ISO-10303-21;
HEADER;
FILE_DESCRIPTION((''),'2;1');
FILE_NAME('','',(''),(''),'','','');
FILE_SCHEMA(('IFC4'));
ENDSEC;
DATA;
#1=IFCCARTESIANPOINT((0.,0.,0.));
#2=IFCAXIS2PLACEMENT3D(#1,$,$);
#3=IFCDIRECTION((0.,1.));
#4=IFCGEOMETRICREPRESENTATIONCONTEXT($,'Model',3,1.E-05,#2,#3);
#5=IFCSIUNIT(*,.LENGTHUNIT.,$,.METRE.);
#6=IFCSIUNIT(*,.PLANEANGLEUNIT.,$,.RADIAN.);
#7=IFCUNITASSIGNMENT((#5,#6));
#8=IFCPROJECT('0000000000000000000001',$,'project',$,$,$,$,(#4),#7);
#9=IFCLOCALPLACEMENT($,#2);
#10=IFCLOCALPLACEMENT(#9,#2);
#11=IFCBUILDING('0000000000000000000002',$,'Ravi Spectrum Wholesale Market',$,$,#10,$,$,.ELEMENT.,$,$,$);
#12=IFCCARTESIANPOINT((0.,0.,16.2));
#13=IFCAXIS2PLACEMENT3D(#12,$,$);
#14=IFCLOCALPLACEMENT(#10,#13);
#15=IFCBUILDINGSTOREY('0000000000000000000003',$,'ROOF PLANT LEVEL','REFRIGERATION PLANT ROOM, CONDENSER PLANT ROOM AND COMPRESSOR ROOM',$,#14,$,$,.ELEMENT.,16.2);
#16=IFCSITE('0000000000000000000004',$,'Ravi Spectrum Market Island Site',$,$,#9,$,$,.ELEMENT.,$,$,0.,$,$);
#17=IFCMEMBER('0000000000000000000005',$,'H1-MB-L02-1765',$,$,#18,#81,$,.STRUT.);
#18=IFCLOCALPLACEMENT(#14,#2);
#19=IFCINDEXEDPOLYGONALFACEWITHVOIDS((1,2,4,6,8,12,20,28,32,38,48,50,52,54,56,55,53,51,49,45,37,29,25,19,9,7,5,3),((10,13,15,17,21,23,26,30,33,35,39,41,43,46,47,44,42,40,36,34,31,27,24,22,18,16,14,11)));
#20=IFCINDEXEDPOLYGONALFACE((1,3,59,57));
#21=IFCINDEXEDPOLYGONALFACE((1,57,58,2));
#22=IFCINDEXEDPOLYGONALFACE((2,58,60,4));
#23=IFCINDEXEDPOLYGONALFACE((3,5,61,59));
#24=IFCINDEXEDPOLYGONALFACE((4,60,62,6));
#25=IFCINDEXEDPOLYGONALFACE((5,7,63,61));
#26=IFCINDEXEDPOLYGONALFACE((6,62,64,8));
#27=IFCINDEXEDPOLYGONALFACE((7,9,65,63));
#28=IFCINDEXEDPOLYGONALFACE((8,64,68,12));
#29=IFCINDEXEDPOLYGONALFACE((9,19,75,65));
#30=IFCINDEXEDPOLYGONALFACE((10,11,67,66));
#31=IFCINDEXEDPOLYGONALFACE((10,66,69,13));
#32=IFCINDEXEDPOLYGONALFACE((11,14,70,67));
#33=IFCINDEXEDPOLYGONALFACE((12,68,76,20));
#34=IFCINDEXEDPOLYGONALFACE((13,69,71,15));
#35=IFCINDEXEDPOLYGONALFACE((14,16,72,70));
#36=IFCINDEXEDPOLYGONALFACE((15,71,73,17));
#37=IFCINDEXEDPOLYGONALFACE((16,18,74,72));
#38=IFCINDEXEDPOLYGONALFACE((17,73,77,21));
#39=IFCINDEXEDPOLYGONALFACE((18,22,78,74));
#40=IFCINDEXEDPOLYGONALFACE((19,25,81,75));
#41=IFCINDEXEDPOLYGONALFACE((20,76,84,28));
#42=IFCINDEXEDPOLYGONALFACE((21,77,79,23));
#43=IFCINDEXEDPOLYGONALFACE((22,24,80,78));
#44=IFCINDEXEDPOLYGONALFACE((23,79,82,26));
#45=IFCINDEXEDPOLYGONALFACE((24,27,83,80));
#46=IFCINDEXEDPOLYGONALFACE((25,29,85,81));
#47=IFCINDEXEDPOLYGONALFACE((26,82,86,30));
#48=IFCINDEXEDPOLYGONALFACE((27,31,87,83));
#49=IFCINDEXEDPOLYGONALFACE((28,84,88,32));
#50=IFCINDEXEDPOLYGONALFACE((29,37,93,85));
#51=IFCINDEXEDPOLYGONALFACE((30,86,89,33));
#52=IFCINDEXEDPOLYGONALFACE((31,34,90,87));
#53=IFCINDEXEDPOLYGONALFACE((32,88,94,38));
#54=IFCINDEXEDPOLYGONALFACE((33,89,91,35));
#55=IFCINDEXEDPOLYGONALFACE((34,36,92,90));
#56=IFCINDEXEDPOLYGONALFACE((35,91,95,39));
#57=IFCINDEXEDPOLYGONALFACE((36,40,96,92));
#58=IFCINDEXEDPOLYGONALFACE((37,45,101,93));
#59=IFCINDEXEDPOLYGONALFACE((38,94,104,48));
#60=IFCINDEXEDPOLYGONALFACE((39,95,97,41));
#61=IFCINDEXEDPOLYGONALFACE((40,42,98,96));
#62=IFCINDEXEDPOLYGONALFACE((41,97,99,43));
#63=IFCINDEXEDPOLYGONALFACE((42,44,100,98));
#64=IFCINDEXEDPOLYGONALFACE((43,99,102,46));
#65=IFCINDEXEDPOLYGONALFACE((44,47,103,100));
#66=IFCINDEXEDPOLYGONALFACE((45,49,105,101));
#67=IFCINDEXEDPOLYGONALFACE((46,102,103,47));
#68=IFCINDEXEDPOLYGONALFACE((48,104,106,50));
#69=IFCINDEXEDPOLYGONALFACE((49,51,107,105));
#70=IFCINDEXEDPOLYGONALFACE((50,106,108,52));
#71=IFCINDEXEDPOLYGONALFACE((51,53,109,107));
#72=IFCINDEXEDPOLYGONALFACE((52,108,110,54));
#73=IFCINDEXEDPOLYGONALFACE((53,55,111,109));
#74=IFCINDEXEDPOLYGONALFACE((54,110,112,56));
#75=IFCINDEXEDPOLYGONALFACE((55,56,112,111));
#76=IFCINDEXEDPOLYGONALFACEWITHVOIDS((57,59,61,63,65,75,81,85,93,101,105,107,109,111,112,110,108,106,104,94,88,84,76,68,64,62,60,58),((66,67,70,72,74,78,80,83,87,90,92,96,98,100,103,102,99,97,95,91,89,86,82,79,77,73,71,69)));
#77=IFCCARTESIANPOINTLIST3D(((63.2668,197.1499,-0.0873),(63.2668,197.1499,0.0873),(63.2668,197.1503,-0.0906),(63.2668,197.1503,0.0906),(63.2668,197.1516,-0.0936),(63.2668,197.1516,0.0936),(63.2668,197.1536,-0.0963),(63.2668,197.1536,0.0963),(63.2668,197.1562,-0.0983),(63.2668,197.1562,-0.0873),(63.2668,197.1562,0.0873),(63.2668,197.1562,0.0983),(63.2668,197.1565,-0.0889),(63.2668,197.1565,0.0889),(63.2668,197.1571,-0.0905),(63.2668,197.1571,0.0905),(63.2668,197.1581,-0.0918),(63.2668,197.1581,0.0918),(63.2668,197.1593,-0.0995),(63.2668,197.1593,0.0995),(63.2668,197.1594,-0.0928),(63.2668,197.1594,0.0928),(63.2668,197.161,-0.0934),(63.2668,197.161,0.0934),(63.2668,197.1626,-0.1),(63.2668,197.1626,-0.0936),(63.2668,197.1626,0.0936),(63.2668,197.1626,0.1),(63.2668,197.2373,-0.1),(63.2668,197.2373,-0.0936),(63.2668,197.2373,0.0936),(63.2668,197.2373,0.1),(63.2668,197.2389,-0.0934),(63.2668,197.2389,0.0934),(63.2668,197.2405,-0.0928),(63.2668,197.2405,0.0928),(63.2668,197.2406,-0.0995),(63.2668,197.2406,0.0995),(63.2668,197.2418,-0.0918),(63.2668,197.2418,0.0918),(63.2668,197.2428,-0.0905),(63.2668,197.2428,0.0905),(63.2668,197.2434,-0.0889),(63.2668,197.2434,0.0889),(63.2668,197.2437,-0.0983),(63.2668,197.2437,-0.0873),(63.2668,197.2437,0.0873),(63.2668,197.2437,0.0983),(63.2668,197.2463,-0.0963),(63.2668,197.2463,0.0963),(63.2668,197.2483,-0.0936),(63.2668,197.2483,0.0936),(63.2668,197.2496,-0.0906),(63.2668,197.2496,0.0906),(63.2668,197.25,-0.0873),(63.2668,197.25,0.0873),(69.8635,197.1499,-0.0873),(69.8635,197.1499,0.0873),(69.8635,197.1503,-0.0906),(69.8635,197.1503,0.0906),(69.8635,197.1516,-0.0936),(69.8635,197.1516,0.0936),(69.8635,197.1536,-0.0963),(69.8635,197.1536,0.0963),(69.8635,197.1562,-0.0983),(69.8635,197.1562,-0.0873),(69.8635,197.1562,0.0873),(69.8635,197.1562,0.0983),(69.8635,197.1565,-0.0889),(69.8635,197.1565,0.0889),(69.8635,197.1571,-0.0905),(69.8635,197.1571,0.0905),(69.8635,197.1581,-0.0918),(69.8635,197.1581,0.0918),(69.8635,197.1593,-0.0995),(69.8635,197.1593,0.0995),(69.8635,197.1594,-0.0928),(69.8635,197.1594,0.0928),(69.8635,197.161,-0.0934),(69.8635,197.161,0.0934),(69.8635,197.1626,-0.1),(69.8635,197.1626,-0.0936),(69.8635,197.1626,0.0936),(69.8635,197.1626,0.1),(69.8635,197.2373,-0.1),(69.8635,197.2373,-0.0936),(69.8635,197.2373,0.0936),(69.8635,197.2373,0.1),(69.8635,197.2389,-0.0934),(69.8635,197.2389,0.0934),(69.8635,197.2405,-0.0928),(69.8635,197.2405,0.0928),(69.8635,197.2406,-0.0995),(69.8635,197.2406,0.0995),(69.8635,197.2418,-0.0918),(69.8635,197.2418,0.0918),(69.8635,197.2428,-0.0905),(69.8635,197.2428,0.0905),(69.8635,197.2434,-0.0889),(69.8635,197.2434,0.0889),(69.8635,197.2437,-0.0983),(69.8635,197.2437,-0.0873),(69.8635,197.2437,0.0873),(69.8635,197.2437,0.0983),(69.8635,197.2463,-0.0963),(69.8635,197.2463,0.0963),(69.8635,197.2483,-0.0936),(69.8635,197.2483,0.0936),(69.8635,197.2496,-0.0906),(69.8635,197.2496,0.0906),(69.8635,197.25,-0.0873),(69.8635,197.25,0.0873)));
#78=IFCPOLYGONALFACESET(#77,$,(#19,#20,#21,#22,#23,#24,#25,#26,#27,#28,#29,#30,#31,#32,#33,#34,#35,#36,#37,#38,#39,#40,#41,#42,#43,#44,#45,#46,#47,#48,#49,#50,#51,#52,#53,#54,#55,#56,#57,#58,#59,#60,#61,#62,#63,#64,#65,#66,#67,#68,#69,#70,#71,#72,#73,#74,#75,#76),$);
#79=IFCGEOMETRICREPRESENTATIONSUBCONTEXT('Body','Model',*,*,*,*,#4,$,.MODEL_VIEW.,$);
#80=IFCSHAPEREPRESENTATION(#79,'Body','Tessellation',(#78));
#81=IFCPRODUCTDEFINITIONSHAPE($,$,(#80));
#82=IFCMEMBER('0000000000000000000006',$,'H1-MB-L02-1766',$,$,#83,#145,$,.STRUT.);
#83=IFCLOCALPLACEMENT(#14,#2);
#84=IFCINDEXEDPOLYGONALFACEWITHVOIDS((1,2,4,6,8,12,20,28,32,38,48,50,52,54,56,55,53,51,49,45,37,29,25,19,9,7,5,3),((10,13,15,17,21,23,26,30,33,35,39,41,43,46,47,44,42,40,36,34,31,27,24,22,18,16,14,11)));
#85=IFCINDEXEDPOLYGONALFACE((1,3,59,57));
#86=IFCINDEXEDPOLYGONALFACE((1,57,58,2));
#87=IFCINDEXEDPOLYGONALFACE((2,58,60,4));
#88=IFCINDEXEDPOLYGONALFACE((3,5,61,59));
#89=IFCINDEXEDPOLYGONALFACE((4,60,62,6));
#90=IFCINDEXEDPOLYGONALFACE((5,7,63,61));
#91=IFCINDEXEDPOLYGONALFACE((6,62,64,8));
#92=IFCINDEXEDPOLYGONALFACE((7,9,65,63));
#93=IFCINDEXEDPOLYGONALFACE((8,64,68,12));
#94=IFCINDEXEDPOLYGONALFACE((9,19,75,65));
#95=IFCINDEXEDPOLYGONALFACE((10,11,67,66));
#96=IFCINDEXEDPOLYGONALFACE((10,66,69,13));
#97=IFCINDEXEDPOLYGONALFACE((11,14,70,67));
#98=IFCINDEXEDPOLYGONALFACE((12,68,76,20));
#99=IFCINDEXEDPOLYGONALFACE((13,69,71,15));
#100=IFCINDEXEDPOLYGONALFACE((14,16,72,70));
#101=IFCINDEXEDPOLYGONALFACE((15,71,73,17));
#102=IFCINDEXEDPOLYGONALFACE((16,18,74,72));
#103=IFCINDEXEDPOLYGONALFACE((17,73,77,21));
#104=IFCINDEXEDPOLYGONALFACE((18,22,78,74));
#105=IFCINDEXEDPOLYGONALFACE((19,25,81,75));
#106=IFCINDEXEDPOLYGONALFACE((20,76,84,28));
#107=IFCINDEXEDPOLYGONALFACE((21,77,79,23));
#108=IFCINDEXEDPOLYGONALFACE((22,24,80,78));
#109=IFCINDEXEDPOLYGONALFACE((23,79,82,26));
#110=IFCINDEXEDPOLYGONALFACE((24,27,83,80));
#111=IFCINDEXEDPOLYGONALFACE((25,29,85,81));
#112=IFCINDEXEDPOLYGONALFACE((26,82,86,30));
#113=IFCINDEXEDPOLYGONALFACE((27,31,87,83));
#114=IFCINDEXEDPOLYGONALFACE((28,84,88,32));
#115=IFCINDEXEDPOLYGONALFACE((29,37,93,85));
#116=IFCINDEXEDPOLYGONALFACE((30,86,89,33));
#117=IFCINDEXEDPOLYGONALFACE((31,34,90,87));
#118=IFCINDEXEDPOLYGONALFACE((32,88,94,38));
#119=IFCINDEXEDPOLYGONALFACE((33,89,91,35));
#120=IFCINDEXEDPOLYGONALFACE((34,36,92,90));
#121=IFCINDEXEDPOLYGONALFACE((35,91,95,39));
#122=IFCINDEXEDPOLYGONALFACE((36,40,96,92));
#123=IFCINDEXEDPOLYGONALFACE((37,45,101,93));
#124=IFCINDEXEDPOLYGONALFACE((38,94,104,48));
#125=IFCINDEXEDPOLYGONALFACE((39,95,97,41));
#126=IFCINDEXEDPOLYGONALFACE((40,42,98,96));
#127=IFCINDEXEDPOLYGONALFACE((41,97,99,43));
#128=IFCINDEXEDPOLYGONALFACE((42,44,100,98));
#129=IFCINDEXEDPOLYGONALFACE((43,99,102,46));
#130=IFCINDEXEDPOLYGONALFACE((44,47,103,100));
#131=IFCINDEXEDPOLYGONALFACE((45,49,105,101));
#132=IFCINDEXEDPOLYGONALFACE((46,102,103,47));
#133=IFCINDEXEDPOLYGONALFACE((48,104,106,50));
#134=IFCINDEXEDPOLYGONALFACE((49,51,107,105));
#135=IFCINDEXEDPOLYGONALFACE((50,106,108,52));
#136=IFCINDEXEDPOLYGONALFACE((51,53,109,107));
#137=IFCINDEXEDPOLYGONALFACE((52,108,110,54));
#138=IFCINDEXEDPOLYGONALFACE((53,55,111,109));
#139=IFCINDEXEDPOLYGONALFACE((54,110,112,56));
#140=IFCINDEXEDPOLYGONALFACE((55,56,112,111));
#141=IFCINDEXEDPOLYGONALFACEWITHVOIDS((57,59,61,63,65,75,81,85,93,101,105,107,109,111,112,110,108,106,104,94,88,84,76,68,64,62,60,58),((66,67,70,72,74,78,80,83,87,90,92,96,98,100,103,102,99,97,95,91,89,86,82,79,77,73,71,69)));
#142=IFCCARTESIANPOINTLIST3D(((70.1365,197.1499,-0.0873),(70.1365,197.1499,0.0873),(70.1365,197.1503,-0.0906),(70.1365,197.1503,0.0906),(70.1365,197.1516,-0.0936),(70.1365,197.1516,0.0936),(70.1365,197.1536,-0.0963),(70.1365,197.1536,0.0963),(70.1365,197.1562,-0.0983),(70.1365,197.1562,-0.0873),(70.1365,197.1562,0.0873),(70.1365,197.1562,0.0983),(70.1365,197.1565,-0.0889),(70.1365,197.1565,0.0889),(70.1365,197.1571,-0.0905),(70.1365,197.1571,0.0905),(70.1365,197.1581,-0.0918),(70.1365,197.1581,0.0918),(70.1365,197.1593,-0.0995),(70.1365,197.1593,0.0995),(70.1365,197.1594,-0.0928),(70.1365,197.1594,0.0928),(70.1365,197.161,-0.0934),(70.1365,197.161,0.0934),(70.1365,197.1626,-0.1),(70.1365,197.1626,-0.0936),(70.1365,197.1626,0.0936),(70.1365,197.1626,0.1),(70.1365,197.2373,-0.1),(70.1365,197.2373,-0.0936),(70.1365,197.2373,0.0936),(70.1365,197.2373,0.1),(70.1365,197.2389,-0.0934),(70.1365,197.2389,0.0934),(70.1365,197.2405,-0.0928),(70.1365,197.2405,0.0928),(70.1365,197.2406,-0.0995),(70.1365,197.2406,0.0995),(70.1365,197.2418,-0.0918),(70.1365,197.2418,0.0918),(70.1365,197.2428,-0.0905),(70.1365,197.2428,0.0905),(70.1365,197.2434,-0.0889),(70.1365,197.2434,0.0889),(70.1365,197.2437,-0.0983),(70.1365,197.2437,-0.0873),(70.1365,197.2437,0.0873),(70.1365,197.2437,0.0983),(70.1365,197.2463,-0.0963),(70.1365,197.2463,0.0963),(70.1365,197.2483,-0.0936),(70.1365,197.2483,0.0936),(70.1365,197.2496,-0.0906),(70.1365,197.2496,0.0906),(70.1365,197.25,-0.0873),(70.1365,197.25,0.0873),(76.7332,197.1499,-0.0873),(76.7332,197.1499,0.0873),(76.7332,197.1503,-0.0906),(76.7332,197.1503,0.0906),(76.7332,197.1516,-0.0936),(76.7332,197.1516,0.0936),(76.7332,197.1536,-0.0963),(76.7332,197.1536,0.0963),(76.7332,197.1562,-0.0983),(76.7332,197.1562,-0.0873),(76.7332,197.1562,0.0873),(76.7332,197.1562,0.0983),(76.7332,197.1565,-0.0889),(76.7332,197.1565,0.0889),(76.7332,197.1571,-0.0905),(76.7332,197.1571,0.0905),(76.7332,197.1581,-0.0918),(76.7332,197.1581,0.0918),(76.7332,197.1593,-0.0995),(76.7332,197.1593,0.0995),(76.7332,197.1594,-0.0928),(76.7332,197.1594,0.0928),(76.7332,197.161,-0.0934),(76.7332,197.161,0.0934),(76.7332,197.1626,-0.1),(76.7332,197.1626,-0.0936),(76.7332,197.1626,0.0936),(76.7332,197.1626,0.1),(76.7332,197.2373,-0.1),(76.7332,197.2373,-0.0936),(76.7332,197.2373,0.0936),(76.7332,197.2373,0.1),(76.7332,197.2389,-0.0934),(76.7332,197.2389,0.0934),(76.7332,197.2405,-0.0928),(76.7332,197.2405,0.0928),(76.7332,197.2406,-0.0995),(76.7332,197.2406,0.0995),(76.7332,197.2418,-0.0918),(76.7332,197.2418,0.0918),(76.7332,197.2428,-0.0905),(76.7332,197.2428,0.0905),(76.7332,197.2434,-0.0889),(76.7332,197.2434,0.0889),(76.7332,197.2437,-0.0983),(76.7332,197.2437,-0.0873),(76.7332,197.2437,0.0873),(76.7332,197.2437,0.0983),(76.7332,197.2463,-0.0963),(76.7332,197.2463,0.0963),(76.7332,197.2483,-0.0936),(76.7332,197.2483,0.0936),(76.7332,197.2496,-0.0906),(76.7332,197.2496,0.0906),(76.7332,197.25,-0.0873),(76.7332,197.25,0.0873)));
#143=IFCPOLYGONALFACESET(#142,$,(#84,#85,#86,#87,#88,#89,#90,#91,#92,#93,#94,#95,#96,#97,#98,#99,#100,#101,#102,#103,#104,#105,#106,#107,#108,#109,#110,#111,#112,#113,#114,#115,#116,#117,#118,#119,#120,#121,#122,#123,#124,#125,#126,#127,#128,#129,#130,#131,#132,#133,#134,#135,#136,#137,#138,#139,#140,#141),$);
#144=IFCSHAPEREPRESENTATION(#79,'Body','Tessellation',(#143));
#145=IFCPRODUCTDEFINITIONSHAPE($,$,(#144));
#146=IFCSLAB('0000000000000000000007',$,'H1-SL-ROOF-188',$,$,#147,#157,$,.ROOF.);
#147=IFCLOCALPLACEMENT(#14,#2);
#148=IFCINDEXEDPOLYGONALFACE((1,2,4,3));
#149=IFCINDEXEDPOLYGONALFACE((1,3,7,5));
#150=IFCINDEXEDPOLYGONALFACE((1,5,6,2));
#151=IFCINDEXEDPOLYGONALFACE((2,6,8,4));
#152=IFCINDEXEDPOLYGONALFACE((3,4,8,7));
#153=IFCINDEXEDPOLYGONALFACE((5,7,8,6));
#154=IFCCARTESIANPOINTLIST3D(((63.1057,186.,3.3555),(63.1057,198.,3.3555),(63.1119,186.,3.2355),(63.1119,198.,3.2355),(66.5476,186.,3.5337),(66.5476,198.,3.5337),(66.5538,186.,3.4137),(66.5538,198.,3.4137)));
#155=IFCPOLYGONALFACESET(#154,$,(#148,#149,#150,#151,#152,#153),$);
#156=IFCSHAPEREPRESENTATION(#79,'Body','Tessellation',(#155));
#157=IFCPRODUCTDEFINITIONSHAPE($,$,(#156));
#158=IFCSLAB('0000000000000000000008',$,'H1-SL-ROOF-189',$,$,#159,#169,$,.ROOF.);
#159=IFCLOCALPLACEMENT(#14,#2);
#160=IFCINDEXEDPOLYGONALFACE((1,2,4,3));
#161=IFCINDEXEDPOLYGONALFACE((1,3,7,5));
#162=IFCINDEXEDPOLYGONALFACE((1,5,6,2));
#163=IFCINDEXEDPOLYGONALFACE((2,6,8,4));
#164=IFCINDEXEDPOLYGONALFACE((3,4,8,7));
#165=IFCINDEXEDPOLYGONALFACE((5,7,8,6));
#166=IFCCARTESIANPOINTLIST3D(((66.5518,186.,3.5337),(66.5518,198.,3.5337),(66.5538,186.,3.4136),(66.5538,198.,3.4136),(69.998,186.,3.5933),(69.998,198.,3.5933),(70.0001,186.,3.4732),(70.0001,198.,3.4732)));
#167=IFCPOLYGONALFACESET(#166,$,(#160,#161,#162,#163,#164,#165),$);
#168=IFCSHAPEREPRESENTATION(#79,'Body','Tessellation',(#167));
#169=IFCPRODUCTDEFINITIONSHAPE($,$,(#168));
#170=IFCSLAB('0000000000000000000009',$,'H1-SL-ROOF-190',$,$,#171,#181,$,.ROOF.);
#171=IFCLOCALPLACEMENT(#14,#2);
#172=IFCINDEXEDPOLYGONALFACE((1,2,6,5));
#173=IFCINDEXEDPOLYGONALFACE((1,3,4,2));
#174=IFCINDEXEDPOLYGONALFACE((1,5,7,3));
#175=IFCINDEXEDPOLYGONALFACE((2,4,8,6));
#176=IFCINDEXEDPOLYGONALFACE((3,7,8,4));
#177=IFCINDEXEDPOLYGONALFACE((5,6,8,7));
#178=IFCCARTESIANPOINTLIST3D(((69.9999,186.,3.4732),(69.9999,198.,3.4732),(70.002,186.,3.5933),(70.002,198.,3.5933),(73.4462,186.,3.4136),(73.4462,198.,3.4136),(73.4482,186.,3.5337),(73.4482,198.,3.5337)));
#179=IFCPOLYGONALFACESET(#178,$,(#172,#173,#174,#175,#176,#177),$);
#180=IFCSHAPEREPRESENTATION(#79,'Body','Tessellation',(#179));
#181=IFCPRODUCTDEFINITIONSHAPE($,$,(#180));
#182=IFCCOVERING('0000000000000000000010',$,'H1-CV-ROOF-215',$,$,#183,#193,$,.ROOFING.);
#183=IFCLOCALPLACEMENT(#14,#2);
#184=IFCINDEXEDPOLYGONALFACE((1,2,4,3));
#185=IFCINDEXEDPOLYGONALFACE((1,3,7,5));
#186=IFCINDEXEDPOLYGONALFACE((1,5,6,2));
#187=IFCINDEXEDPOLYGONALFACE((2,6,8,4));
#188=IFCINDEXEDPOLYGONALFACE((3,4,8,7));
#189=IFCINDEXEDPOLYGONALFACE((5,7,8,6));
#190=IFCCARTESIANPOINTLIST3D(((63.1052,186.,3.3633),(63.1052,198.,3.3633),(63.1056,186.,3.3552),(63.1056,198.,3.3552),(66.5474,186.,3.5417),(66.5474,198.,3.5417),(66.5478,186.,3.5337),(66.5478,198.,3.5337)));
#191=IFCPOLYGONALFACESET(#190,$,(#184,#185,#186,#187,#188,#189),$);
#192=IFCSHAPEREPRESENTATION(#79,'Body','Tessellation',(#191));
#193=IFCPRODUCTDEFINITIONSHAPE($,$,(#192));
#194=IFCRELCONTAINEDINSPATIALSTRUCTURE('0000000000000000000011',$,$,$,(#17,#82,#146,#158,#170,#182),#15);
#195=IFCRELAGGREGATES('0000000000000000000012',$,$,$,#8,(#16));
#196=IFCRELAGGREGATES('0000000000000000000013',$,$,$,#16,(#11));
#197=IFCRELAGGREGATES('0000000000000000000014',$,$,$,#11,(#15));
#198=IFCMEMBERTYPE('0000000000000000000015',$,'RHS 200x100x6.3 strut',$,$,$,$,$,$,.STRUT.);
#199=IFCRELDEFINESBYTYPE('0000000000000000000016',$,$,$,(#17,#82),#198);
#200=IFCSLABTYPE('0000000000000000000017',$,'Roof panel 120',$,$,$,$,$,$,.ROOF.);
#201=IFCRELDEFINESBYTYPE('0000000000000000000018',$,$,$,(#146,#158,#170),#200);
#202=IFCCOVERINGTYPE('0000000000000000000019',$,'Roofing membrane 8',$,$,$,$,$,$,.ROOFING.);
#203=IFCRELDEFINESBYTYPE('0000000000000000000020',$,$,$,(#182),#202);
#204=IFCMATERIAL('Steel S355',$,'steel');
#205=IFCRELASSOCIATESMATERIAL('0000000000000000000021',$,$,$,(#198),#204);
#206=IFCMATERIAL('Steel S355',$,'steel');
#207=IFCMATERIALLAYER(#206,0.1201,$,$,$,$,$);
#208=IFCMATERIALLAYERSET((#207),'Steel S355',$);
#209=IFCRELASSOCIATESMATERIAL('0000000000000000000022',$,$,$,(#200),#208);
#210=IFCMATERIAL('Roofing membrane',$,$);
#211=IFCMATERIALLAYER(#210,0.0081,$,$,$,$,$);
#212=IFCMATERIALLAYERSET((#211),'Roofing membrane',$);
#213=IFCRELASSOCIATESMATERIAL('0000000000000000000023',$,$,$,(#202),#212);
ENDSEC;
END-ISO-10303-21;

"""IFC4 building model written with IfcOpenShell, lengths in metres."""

from ifc_helpers import new_model, si_unit, direction, frame, origin, origin_2d, place, context, subcontext, project, spatial, polyline, hollow_rectangle, outline, extrude, material, layer, layer_set, material_profile, profile_set, type_object, element, save


model = new_model("IFC4")

# Units and contexts
model_context = context("Model", 3, precision=1e-05, world=origin(), true_north=direction((0.0, 1.0)))
body_context = subcontext(model_context, "Body", "Model", "MODEL_VIEW")
ifc_project = project(units=[si_unit("LENGTHUNIT", "METRE"), si_unit("PLANEANGLEUNIT", "RADIAN")], contexts=[model_context])

# Site, building, storey
site_placement = place(None, origin())
site = spatial("IfcSite", under=ifc_project, at=site_placement, Name="Ravi Spectrum Market Island Site", CompositionType="ELEMENT", RefElevation=0.0)
building_placement = place(site_placement, origin())
building = spatial("IfcBuilding", under=site, at=building_placement, Name="Ravi Spectrum Wholesale Market", CompositionType="ELEMENT")
storey_placement = place(building_placement, frame((0.0, 0.0, 16.2)))
storey = spatial("IfcBuildingStorey", under=building, at=storey_placement, Name="ROOF PLANT LEVEL", Description="REFRIGERATION PLANT ROOM, CONDENSER PLANT ROOM AND COMPRESSOR ROOM", CompositionType="ELEMENT", Elevation=16.2)

# Members
ifc_material_1 = material(Name="Steel S355", Category="steel")
ifc_material_profile_1 = material_profile(ifc_material_1, hollow_rectangle(XDim=0.1001, YDim=0.2, WallThickness=0.0063, InnerFilletRadius=0.0063, OuterFilletRadius=0.0127, at=origin_2d()))
ifc_profile_set_1 = profile_set([ifc_material_profile_1], Name="Steel S355")
member_type_1 = type_object("IfcMemberType", Name="RHS 200x100x6.3 strut", PredefinedType="STRUT", material=ifc_profile_set_1)
for number, where, z_axis, x_axis, name in (
    (1, (63.2668, 197.2, 0.0), (1.0, 0.0, 0.0), (0.0, 1.0, 0.0), "H1-MB-L02-1765"),
    (2, (70.1365, 197.2, 0.0), (1.0, 0.0, 0.0), (0.0, 1.0, 0.0), "H1-MB-L02-1766"),
):
    element("IfcMember", number, at=place(storey_placement, frame(where, z_axis=z_axis, x_axis=x_axis)), inside=storey, type_object=member_type_1, Name=name, PredefinedType="STRUT", context=body_context, shape_type="SweptSolid", body=[
        extrude(hollow_rectangle(XDim=0.1001, YDim=0.2, WallThickness=0.0063, InnerFilletRadius=0.0063, OuterFilletRadius=0.0127, at=origin_2d()), origin(), (0.0, 0.0, 1.0), 6.5967),
    ])

# Slabs
ifc_material_2 = material(Name="Steel S355", Category="steel")
ifc_layer_1 = layer(ifc_material_2, 0.1201)
ifc_layer_set_1 = layer_set([ifc_layer_1], Name="Steel S355")
slab_type = type_object("IfcSlabType", Name="Roof panel 120", PredefinedType="ROOF", material=ifc_layer_set_1)
slab_placement = place(storey_placement, frame((63.1057, 186.0, 3.3555), z_axis=(-0.051711, 0.0, 0.998662), x_axis=(0.998662, 0.0, 0.051711)))
element("IfcSlab", 3, at=slab_placement, inside=storey, type_object=slab_type, Name="H1-SL-ROOF-188", PredefinedType="ROOF", context=body_context, shape_type="SweptSolid", body=[
    extrude(outline(polyline([(0.0, 0.0), (3.4465, 0.0), (3.4465, 12.0), (0.0, 12.0), (0.0, 0.0)])), origin(), (0.0, 0.0, -1.0), 0.1201),
])
for number, where, z_axis, x_axis, name in (
    (4, (66.5518, 186.0, 3.5337), (-0.017283, 0.0, 0.999851), (0.999851, 0.0, 0.017283), "H1-SL-ROOF-189"),
    (5, (70.002, 186.0, 3.5933), (0.017283, 0.0, 0.999851), (0.999851, 0.0, -0.017283), "H1-SL-ROOF-190"),
):
    element("IfcSlab", number, at=place(storey_placement, frame(where, z_axis=z_axis, x_axis=x_axis)), inside=storey, type_object=slab_type, Name=name, PredefinedType="ROOF", context=body_context, shape_type="SweptSolid", body=[
        extrude(outline(polyline([(0.0, 0.0), (3.4468, 0.0), (3.4468, 12.0), (0.0, 12.0), (0.0, 0.0)])), origin(), (0.0, 0.0, -1.0), 0.1201),
    ])

# Covering
ifc_material_3 = material(Name="Roofing membrane")
ifc_layer_2 = layer(ifc_material_3, 0.0081)
ifc_layer_set_2 = layer_set([ifc_layer_2], Name="Roofing membrane")
covering_type = type_object("IfcCoveringType", Name="Roofing membrane 8", PredefinedType="ROOFING", material=ifc_layer_set_2)
covering_placement = place(storey_placement, frame((63.1052, 186.0, 3.3633), z_axis=(-0.051778, 0.0, 0.998659), x_axis=(0.998659, 0.0, 0.051778)))
element("IfcCovering", 6, at=covering_placement, inside=storey, type_object=covering_type, Name="H1-CV-ROOF-215", PredefinedType="ROOFING", context=body_context, shape_type="SweptSolid", body=[
    extrude(outline(polyline([(0.0, 0.0), (3.4468, 0.0), (3.4468, 12.0), (0.0, 12.0), (0.0, 0.0)])), origin(), (0.0, 0.0, -1.0), 0.0081),
])

save(model, "model.ifc")
